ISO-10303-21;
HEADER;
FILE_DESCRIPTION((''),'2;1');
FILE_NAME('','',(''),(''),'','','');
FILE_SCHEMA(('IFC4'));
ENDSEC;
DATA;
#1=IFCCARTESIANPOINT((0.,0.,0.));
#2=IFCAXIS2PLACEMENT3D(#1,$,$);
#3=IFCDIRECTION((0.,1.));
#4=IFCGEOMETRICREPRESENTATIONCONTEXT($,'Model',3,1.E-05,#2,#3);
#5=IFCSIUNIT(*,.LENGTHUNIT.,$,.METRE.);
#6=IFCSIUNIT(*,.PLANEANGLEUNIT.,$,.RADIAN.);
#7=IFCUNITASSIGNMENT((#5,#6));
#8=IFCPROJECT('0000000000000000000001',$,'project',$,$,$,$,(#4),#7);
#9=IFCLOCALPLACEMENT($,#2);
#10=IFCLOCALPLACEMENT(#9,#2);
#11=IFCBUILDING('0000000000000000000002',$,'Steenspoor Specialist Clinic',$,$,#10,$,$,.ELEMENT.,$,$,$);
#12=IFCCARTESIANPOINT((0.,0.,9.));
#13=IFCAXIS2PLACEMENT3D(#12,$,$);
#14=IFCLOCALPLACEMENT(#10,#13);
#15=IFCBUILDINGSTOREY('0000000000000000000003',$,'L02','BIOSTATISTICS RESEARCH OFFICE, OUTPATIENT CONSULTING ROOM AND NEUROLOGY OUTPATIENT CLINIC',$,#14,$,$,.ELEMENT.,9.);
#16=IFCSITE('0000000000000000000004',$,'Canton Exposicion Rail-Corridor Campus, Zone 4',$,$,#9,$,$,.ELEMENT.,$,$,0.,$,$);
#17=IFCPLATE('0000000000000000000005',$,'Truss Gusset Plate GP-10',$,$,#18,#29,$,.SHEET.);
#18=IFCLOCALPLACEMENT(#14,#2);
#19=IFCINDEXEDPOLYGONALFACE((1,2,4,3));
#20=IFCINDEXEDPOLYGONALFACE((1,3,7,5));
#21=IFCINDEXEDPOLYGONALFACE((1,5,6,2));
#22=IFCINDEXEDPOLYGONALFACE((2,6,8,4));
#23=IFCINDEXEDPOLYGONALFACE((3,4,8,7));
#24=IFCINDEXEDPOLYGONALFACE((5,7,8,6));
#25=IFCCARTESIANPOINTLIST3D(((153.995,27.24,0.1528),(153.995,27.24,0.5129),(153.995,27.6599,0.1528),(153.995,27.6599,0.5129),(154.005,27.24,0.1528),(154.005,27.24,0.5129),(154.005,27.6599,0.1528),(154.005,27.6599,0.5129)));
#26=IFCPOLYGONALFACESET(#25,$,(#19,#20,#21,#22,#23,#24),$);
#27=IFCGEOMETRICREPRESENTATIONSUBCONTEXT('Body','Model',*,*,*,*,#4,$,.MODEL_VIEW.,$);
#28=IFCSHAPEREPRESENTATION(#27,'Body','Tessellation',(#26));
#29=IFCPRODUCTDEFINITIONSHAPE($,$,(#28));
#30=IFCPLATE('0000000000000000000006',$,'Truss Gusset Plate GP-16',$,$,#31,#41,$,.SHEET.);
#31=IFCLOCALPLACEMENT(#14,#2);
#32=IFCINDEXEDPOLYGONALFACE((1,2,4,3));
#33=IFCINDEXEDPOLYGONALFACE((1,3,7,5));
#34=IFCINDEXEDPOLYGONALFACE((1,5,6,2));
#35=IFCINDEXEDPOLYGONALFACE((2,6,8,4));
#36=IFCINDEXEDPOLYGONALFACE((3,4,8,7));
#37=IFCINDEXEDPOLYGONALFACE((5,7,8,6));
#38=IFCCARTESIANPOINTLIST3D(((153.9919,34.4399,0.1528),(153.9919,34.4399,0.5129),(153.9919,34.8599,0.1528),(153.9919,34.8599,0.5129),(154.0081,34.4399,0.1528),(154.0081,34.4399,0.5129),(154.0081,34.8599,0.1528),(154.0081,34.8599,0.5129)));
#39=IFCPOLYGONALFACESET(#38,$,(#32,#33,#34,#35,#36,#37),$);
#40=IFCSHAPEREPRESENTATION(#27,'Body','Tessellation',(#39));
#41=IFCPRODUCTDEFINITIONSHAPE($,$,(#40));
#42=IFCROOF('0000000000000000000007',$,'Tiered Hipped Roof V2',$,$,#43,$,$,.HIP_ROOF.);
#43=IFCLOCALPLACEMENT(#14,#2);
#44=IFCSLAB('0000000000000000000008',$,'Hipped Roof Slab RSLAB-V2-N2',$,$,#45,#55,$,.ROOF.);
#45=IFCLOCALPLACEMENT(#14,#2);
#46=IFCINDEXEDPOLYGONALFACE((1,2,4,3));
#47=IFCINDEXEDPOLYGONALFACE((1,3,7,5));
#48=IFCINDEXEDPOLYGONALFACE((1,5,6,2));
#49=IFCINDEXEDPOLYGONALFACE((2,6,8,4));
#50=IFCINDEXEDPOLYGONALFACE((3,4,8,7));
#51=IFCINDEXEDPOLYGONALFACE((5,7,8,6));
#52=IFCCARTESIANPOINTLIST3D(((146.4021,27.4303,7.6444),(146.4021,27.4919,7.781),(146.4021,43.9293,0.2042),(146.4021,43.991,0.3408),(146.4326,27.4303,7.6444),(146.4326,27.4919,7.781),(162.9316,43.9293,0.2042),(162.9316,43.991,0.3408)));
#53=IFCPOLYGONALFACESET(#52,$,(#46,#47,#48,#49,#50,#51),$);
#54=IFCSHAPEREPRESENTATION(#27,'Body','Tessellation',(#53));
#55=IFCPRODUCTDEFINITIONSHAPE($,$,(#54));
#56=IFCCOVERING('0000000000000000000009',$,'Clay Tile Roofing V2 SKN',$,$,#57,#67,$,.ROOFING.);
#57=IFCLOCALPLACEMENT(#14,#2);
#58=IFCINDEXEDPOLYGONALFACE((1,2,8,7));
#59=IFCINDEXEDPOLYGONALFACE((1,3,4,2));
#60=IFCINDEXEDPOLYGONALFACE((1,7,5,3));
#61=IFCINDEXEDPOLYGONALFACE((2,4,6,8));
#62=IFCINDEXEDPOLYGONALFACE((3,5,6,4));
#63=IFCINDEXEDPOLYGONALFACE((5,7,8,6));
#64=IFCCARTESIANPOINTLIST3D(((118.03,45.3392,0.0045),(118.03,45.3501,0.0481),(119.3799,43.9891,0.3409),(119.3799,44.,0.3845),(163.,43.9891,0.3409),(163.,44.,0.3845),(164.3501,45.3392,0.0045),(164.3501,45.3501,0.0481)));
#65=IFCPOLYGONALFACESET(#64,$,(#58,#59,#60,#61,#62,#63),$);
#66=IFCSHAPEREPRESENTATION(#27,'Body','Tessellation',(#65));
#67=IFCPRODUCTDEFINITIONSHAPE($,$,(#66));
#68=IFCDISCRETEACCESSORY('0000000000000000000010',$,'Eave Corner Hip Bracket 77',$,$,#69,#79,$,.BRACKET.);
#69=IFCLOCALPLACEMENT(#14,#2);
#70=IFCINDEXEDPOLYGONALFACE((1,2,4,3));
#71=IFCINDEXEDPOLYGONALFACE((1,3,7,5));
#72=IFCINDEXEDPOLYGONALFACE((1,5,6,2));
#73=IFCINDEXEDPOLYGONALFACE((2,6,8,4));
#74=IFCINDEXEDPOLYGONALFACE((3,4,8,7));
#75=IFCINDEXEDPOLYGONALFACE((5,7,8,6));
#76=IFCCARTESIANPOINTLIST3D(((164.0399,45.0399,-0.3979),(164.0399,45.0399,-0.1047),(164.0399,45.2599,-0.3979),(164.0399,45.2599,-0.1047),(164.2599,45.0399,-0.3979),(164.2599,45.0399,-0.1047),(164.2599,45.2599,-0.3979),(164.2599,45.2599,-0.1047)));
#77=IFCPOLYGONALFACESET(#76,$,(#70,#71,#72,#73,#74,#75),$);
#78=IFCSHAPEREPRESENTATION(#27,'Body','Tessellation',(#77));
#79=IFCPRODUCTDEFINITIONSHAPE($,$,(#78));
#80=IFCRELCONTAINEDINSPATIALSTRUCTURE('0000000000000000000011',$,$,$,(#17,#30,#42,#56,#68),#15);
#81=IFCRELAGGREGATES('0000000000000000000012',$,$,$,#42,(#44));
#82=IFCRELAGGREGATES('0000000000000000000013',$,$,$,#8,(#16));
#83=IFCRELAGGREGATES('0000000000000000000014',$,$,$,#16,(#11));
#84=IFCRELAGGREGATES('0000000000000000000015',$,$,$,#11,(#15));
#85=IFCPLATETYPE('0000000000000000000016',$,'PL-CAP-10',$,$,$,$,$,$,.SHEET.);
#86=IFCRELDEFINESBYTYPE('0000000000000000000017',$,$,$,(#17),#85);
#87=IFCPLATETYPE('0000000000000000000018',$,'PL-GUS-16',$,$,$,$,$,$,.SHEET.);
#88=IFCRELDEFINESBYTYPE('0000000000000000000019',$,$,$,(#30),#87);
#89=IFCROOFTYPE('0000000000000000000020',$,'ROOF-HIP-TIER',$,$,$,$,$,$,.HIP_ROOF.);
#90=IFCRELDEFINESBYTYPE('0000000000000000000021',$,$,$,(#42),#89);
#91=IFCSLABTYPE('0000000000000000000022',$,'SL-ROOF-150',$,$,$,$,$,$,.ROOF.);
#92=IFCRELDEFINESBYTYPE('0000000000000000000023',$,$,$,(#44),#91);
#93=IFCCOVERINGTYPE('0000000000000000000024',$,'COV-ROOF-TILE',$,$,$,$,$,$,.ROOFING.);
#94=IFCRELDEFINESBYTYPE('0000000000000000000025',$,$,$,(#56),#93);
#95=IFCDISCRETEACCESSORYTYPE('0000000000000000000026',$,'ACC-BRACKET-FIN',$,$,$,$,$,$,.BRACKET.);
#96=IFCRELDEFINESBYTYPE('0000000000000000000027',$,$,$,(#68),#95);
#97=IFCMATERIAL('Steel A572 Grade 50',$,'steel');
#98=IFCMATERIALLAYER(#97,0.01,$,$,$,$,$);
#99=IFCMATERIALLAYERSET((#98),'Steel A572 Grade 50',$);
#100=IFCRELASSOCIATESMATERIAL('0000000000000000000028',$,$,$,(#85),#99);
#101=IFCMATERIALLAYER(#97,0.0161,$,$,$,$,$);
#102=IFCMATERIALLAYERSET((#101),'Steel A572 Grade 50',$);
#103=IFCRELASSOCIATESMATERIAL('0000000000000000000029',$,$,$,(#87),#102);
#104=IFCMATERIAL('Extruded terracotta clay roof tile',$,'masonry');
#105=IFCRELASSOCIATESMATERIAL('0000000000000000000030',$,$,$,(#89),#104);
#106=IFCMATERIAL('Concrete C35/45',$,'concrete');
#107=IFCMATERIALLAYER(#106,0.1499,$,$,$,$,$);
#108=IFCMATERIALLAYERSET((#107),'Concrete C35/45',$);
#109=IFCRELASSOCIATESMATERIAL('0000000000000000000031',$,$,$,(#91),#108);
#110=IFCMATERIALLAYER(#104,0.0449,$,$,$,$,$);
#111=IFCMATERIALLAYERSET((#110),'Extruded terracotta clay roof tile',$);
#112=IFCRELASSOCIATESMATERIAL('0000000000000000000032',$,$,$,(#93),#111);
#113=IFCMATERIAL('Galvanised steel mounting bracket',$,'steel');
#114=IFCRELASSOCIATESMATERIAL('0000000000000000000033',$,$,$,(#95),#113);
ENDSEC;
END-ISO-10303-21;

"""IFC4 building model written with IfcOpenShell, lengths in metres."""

from ifc_helpers import new_model, si_unit, direction, frame, origin, origin_2d, place, context, subcontext, project, spatial, polyline, rectangle, outline, extrude, material, layer, layer_set, type_object, element, aggregate, save


model = new_model("IFC4")

# Units and contexts
model_context = context("Model", 3, precision=1e-05, world=origin(), true_north=direction((0.0, 1.0)))
body_context = subcontext(model_context, "Body", "Model", "MODEL_VIEW")
ifc_project = project(units=[si_unit("LENGTHUNIT", "METRE"), si_unit("PLANEANGLEUNIT", "RADIAN")], contexts=[model_context])

# Site, building, storey
site_placement = place(None, origin())
site = spatial("IfcSite", under=ifc_project, at=site_placement, Name="Canton Exposicion Rail-Corridor Campus, Zone 4", CompositionType="ELEMENT", RefElevation=0.0)
building_placement = place(site_placement, origin())
building = spatial("IfcBuilding", under=site, at=building_placement, Name="Steenspoor Specialist Clinic", CompositionType="ELEMENT")
storey_placement = place(building_placement, frame((0.0, 0.0, 9.0)))
storey = spatial("IfcBuildingStorey", under=building, at=storey_placement, Name="L02", Description="BIOSTATISTICS RESEARCH OFFICE, OUTPATIENT CONSULTING ROOM AND NEUROLOGY OUTPATIENT CLINIC", CompositionType="ELEMENT", Elevation=9.0)

# Plates
ifc_material_1 = material(Name="Steel A572 Grade 50", Category="steel")
ifc_layer_1 = layer(ifc_material_1, 0.01)
ifc_layer_set_1 = layer_set([ifc_layer_1], Name="Steel A572 Grade 50")
plate_type_1 = type_object("IfcPlateType", Name="PL-CAP-10", PredefinedType="SHEET", material=ifc_layer_set_1)
plate_1_placement = place(storey_placement, frame((154.0, 27.45, 0.1528), z_axis=(0.0, 0.0, 1.0), x_axis=(1.0, 0.0, 0.0)))
element("IfcPlate", 1, at=plate_1_placement, inside=storey, type_object=plate_type_1, Name="Truss Gusset Plate GP-10", PredefinedType="SHEET", context=body_context, shape_type="SweptSolid", body=[
    extrude(rectangle(XDim=0.01, YDim=0.4199, at=origin_2d()), origin(), (0.0, 0.0, 1.0), 0.3601),
])
ifc_layer_2 = layer(ifc_material_1, 0.0161)
ifc_layer_set_2 = layer_set([ifc_layer_2], Name="Steel A572 Grade 50")
plate_type_2 = type_object("IfcPlateType", Name="PL-GUS-16", PredefinedType="SHEET", material=ifc_layer_set_2)
plate_2_placement = place(storey_placement, frame((154.0, 34.6499, 0.1528), z_axis=(0.0, 0.0, 1.0), x_axis=(1.0, 0.0, 0.0)))
element("IfcPlate", 2, at=plate_2_placement, inside=storey, type_object=plate_type_2, Name="Truss Gusset Plate GP-16", PredefinedType="SHEET", context=body_context, shape_type="SweptSolid", body=[
    extrude(rectangle(XDim=0.0161, YDim=0.4199, at=origin_2d()), origin(), (0.0, 0.0, 1.0), 0.3601),
])

# Roof, slab
ifc_material_2 = material(Name="Extruded terracotta clay roof tile", Category="masonry")
roof_type = type_object("IfcRoofType", Name="ROOF-HIP-TIER", PredefinedType="HIP_ROOF", material=ifc_material_2)
roof_placement = place(storey_placement, origin())
roof = element("IfcRoof", 3, at=roof_placement, inside=storey, type_object=roof_type, Name="Tiered Hipped Roof V2", PredefinedType="HIP_ROOF")
ifc_material_3 = material(Name="Concrete C35/45", Category="concrete")
ifc_layer_3 = layer(ifc_material_3, 0.1499)
ifc_layer_set_3 = layer_set([ifc_layer_3], Name="Concrete C35/45")
slab_type = type_object("IfcSlabType", Name="SL-ROOF-150", PredefinedType="ROOF", material=ifc_layer_set_3)
slab_1_placement = place(storey_placement, frame((162.9316, 43.991, 0.3408), z_axis=(0.0, 0.411082, 0.911598), x_axis=(-1.0, 0.0, 0.0)))
slab_1 = element("IfcSlab", 4, at=slab_1_placement, type_object=slab_type, Name="Hipped Roof Slab RSLAB-V2-N2", PredefinedType="ROOF", context=body_context, shape_type="SweptSolid", body=[
    extrude(outline(polyline([(0.0, 0.0), (16.5295, 0.0), (16.5295, 18.099), (16.499, 18.099), (0.0, 0.0)])), origin(), (0.0, 0.0, -1.0), 0.1499),
])
aggregate(roof, [slab_1])

# Covering
ifc_layer_4 = layer(ifc_material_2, 0.0449)
ifc_layer_set_4 = layer_set([ifc_layer_4], Name="Extruded terracotta clay roof tile")
covering_type = type_object("IfcCoveringType", Name="COV-ROOF-TILE", PredefinedType="ROOFING", material=ifc_layer_set_4)
covering_placement = place(storey_placement, frame((164.3501, 45.3501, 0.0481), z_axis=(0.0, 0.241792, 0.970328), x_axis=(-1.0, 0.0, 0.0)))
element("IfcCovering", 5, at=covering_placement, inside=storey, type_object=covering_type, Name="Clay Tile Roofing V2 SKN", PredefinedType="ROOFING", context=body_context, shape_type="SweptSolid", body=[
    extrude(outline(polyline([(0.0, 0.0), (46.3201, 0.0), (44.9702, 1.3914), (1.3501, 1.3914), (0.0, 0.0)])), origin(), (0.0, 0.0, -1.0), 0.0449),
])

# Discrete accessory
ifc_material_4 = material(Name="Galvanised steel mounting bracket", Category="steel")
discrete_accessory_type = type_object("IfcDiscreteAccessoryType", Name="ACC-BRACKET-FIN", PredefinedType="BRACKET", material=ifc_material_4)
discrete_accessory_placement = place(storey_placement, frame((164.1499, 45.1499, -0.3979), z_axis=(0.0, 0.0, 1.0), x_axis=(1.0, 0.0, 0.0)))
element("IfcDiscreteAccessory", 6, at=discrete_accessory_placement, inside=storey, type_object=discrete_accessory_type, Name="Eave Corner Hip Bracket 77", PredefinedType="BRACKET", context=body_context, shape_type="SweptSolid", body=[
    extrude(rectangle(XDim=0.22, YDim=0.22, at=origin_2d()), origin(), (0.0, 0.0, 1.0), 0.2932),
])

save(model, "model.ifc")
